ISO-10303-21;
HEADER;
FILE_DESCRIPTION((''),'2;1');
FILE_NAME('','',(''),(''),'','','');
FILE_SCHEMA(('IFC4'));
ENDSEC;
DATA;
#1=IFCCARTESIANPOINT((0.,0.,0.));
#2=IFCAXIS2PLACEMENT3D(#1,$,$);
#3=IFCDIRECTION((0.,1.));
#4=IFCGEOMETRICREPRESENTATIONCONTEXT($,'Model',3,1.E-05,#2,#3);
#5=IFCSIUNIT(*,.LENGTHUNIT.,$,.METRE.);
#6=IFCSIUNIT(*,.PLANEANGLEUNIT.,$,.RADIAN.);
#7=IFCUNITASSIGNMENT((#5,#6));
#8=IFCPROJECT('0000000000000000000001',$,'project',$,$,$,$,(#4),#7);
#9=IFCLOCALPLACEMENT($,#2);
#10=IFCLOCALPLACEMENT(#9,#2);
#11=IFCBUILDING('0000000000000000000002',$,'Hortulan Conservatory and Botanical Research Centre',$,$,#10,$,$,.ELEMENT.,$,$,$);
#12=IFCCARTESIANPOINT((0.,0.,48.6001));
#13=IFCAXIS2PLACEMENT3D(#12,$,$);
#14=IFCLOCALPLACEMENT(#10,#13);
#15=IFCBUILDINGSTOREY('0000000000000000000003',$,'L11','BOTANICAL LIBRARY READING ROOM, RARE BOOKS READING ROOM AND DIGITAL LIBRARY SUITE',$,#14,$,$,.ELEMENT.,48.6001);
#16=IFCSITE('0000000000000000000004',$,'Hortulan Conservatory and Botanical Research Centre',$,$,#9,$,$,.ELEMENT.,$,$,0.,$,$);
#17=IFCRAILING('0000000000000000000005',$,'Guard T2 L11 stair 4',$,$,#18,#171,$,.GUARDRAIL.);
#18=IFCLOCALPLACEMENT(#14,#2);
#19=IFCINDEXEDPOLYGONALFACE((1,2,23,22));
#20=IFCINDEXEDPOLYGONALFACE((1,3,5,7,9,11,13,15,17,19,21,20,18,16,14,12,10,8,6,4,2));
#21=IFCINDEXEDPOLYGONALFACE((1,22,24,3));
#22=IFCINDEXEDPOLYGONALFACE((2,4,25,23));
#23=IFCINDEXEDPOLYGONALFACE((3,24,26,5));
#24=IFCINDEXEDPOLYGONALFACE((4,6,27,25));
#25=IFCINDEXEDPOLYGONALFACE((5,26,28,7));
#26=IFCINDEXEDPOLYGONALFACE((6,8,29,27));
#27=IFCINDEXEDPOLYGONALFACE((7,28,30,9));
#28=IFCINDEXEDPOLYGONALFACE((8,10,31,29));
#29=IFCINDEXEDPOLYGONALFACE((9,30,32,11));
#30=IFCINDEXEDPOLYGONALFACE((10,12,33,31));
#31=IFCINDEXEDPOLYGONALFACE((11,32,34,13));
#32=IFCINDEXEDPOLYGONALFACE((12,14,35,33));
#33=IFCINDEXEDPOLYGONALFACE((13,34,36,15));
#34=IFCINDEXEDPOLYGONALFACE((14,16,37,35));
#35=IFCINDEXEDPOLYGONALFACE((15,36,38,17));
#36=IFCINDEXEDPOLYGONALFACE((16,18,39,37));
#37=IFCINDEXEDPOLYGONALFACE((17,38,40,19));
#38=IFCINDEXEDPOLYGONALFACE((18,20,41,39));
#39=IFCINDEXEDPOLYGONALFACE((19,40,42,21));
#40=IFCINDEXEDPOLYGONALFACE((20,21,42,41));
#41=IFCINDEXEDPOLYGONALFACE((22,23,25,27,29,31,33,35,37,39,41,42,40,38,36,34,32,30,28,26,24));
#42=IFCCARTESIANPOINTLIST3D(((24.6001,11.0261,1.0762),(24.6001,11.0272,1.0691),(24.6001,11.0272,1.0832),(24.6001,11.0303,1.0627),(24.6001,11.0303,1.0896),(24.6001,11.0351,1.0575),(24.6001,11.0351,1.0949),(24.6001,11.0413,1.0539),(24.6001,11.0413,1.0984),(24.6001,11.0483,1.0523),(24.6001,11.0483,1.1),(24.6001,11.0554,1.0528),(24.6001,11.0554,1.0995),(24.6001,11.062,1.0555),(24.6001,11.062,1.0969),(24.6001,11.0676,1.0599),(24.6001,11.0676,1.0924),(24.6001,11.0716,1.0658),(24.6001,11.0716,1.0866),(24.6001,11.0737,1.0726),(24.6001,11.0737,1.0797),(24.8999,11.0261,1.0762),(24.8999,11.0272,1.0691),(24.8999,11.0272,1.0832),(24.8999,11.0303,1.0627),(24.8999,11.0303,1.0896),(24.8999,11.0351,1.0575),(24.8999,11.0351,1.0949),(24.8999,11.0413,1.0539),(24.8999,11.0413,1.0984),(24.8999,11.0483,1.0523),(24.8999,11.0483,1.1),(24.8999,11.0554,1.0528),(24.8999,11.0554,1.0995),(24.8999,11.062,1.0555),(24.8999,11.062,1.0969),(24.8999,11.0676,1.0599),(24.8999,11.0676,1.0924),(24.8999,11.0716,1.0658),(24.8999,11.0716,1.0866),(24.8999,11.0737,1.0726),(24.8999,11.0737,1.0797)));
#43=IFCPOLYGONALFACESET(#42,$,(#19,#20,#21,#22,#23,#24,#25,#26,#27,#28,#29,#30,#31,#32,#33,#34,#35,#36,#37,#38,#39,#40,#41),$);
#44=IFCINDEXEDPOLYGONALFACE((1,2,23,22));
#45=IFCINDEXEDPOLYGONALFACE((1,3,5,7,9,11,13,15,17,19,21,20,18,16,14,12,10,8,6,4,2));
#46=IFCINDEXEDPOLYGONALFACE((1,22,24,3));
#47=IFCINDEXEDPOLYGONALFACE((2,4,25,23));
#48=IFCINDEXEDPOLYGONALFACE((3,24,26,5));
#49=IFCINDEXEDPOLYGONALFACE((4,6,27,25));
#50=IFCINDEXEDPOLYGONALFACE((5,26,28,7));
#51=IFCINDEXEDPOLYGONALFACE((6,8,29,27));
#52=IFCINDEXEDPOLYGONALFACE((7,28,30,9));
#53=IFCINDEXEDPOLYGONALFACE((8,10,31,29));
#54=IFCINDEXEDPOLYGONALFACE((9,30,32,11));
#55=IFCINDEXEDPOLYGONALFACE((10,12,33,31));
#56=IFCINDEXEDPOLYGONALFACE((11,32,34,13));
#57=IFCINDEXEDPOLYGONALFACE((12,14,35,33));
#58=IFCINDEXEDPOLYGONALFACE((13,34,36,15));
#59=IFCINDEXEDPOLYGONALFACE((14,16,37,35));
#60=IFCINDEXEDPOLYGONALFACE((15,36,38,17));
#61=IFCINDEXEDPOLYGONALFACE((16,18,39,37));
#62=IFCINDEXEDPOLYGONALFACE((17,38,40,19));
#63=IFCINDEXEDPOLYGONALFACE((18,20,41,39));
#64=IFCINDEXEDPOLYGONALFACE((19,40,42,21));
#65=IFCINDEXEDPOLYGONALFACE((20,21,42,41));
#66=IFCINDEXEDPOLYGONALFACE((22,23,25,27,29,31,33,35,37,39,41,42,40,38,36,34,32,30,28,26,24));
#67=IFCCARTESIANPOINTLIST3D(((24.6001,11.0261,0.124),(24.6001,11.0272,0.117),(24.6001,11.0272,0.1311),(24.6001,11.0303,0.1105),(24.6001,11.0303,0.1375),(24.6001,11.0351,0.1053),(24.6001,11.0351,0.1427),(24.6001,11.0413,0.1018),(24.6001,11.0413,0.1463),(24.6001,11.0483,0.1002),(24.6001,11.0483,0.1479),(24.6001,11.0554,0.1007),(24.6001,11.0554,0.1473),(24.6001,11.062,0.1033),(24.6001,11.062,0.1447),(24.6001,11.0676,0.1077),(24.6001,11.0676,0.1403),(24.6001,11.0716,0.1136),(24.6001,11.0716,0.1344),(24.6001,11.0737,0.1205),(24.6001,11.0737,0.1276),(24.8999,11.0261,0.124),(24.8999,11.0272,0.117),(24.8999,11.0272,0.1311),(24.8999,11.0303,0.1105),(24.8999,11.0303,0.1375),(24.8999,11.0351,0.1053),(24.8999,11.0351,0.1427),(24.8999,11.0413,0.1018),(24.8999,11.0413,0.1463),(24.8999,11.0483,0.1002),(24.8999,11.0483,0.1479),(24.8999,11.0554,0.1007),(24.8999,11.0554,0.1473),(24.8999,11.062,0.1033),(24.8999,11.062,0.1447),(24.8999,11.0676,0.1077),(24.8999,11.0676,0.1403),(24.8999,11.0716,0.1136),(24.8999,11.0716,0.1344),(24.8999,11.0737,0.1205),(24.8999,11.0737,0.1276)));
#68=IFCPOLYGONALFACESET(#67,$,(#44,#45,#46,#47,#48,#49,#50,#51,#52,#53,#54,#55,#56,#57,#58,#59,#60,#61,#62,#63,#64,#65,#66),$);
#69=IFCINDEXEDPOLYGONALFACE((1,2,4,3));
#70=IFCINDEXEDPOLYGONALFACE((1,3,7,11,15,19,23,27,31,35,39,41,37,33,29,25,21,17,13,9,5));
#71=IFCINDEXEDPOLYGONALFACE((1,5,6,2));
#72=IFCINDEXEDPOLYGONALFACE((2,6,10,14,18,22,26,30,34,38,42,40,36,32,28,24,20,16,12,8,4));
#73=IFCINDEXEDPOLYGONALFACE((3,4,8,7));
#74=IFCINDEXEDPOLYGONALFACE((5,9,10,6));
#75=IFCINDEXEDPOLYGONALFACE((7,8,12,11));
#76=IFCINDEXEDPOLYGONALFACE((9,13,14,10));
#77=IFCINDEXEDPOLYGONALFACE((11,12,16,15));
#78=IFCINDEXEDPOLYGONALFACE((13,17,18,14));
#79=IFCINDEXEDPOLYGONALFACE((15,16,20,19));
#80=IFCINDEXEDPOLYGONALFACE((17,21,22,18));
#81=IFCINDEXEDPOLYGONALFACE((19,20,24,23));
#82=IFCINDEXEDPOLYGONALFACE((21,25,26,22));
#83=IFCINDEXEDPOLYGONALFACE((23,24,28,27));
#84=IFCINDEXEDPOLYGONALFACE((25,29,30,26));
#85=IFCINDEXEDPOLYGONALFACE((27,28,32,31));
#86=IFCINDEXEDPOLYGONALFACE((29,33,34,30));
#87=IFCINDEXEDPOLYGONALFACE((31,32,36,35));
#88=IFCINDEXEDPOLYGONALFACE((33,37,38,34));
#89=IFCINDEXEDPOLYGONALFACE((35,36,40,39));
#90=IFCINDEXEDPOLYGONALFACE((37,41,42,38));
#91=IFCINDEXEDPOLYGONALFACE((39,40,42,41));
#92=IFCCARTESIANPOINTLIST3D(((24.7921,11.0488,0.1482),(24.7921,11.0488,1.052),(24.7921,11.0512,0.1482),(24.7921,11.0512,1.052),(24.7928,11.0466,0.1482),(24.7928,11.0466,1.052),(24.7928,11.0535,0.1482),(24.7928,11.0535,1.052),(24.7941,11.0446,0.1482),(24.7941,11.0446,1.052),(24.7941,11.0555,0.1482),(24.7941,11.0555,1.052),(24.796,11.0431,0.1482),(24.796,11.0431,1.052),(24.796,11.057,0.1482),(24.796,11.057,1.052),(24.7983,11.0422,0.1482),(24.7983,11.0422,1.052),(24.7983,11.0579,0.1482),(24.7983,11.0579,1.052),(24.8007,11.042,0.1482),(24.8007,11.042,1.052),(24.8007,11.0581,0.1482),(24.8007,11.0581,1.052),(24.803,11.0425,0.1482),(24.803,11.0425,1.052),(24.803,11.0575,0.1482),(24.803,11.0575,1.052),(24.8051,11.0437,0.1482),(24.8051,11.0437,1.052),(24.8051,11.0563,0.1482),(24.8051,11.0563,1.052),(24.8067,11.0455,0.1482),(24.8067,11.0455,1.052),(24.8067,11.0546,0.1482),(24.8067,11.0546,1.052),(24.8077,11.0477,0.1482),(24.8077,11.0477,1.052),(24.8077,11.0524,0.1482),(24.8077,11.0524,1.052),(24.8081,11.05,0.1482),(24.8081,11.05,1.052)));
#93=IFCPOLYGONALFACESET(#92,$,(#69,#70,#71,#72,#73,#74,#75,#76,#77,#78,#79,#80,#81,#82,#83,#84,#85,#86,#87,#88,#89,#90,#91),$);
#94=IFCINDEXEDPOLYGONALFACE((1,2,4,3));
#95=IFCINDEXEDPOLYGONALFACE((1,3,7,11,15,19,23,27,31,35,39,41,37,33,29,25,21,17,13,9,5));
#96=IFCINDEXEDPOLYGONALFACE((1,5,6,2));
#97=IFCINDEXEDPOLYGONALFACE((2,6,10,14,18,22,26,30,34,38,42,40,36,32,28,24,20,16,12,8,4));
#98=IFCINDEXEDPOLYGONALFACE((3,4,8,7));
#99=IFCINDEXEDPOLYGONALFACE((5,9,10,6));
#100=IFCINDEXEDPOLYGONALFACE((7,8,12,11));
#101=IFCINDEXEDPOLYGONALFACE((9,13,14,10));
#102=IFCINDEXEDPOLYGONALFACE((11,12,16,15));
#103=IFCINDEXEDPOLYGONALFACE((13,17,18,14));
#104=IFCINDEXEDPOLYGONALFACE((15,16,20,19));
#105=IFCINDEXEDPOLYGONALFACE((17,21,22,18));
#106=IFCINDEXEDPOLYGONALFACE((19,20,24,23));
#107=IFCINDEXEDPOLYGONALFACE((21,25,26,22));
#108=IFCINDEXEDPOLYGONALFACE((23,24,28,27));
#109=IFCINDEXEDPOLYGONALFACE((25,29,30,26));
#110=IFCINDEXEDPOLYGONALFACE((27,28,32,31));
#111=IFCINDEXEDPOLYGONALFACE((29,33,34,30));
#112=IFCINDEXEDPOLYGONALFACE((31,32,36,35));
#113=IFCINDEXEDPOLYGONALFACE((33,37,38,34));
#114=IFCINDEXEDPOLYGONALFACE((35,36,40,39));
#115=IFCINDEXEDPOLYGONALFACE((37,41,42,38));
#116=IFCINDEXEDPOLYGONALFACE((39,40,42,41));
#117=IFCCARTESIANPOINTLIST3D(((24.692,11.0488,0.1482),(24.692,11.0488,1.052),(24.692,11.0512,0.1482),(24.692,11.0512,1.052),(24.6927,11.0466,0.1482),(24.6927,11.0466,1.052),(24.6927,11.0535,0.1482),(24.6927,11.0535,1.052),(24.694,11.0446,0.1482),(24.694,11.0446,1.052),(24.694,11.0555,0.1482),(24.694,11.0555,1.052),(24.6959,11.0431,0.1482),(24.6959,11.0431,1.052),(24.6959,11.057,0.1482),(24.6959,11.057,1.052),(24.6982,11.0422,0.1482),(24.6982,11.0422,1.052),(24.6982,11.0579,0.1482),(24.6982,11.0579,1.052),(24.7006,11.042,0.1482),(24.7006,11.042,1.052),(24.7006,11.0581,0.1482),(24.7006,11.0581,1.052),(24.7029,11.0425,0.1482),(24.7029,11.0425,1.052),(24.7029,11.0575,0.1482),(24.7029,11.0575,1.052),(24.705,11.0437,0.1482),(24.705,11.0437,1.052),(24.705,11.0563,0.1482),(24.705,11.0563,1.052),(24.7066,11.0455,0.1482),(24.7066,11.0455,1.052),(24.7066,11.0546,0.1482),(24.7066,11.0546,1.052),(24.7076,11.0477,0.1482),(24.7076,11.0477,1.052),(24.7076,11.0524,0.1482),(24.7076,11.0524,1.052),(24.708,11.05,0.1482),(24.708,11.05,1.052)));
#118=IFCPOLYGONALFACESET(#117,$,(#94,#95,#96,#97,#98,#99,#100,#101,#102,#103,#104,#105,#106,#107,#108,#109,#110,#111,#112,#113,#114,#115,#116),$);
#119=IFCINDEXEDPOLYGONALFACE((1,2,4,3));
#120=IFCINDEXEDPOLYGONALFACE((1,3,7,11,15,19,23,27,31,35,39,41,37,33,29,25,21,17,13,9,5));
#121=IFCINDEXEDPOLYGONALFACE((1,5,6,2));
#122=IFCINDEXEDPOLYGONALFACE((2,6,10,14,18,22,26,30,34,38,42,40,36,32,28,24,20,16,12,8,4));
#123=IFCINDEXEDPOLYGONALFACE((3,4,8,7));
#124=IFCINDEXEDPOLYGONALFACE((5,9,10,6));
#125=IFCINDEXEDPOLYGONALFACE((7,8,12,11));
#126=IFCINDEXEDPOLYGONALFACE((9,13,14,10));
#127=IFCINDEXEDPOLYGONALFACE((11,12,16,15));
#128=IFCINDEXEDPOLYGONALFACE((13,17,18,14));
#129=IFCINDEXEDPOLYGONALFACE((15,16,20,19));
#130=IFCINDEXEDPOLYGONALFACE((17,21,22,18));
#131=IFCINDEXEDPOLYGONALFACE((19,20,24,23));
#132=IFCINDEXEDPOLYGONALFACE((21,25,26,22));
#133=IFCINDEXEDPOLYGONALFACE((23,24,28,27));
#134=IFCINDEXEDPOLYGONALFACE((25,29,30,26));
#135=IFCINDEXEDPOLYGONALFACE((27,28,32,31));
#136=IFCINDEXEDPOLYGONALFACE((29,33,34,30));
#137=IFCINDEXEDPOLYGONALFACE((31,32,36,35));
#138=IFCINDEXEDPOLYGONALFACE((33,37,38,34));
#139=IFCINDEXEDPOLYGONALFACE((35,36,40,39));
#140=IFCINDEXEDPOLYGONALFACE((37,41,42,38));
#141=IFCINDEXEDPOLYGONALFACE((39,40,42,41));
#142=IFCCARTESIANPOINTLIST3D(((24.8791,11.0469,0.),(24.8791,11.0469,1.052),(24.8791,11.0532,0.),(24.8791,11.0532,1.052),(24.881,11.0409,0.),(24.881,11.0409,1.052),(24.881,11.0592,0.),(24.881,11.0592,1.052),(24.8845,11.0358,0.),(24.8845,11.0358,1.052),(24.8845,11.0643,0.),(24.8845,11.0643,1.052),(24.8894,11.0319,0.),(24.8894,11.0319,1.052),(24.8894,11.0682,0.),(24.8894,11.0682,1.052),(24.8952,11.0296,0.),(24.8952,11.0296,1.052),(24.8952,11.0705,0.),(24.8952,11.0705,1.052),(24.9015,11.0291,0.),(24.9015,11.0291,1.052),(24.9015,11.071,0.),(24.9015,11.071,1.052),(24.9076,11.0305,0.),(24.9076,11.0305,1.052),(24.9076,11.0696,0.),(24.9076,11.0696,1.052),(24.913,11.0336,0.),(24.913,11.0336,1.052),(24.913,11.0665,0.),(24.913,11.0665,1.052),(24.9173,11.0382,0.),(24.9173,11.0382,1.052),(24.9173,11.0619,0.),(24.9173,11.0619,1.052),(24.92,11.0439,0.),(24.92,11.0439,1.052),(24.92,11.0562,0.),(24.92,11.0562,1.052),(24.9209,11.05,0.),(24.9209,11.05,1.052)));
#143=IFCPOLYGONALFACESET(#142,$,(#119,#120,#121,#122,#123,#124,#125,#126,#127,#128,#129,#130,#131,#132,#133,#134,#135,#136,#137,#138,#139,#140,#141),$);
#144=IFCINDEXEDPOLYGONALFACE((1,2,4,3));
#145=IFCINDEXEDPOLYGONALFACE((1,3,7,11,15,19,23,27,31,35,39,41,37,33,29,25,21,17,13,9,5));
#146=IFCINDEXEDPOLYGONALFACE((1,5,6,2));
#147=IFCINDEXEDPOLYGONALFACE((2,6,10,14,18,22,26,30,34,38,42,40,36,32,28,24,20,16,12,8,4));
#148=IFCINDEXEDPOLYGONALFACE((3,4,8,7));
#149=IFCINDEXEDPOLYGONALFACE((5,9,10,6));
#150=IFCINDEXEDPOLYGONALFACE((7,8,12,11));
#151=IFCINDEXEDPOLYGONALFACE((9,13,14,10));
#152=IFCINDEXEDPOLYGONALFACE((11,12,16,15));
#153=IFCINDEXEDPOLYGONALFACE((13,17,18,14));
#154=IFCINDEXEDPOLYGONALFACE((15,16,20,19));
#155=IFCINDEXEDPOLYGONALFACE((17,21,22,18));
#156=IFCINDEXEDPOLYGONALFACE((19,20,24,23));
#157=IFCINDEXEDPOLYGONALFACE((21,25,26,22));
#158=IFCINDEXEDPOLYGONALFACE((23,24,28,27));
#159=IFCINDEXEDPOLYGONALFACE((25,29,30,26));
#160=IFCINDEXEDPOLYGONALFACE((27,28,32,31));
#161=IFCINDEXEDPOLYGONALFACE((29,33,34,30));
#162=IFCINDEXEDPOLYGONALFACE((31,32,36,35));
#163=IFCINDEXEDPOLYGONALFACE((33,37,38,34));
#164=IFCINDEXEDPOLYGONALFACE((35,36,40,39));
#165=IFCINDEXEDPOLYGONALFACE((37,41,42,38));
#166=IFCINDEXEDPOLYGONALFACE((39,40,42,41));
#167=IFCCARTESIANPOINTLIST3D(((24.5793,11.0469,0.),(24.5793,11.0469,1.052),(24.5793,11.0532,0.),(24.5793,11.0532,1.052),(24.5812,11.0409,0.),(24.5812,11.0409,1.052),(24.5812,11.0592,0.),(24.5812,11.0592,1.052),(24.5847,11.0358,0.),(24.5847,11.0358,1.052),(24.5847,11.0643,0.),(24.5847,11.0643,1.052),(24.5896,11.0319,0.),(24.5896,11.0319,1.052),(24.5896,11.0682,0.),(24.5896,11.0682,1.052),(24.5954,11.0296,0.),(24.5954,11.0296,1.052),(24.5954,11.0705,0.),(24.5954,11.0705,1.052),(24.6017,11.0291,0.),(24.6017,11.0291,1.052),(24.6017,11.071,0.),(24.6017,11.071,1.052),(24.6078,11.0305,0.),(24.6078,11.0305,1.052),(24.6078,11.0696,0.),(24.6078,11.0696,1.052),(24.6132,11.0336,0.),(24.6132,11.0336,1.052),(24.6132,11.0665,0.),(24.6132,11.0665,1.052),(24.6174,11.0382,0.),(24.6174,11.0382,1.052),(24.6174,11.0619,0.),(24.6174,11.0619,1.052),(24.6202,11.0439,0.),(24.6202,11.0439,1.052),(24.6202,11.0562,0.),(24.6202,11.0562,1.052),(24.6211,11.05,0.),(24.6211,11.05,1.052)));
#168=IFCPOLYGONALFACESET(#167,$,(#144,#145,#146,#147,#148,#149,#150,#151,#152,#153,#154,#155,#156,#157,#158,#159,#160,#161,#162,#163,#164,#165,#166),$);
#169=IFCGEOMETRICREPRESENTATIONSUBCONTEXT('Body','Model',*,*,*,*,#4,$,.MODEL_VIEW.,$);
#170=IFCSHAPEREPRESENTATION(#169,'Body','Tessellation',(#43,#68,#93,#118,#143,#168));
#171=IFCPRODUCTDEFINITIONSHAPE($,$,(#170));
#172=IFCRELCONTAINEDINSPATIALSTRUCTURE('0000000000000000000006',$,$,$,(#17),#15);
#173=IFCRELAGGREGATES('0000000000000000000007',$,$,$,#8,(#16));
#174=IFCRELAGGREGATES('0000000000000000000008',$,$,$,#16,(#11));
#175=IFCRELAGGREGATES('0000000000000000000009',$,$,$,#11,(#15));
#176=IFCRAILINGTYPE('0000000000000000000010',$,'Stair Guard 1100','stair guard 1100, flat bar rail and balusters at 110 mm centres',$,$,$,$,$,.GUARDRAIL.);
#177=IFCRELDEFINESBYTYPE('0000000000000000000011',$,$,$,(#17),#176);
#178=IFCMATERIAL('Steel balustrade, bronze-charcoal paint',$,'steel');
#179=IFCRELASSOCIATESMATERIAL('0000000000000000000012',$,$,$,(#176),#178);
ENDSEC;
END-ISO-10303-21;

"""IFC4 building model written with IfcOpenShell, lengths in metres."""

from ifc_helpers import new_model, si_unit, direction, frame, origin, origin_2d, place, context, subcontext, project, spatial, circle, extrude, material, type_object, element, save


model = new_model("IFC4")

# Units and contexts
model_context = context("Model", 3, precision=1e-05, world=origin(), true_north=direction((0.0, 1.0)))
body_context = subcontext(model_context, "Body", "Model", "MODEL_VIEW")
ifc_project = project(units=[si_unit("LENGTHUNIT", "METRE"), si_unit("PLANEANGLEUNIT", "RADIAN")], contexts=[model_context])

# Site, building, storey
site_placement = place(None, origin())
site = spatial("IfcSite", under=ifc_project, at=site_placement, Name="Hortulan Conservatory and Botanical Research Centre", CompositionType="ELEMENT", RefElevation=0.0)
building_placement = place(site_placement, origin())
building = spatial("IfcBuilding", under=site, at=building_placement, Name="Hortulan Conservatory and Botanical Research Centre", CompositionType="ELEMENT")
storey_placement = place(building_placement, frame((0.0, 0.0, 48.6001)))
storey = spatial("IfcBuildingStorey", under=building, at=storey_placement, Name="L11", Description="BOTANICAL LIBRARY READING ROOM, RARE BOOKS READING ROOM AND DIGITAL LIBRARY SUITE", CompositionType="ELEMENT", Elevation=48.6001)

# Railing
ifc_material_1 = material(Name="Steel balustrade, bronze-charcoal paint", Category="steel")
railing_type_1 = type_object("IfcRailingType", Name="Stair Guard 1100", Description="stair guard 1100, flat bar rail and balusters at 110 mm centres", PredefinedType="GUARDRAIL", material=ifc_material_1)
railing_1_placement = place(storey_placement, frame((24.8999, 11.05, 0.0)))
element("IfcRailing", 1, at=railing_1_placement, inside=storey, type_object=railing_type_1, Name="Guard T2 L11 stair 4", PredefinedType="GUARDRAIL", context=body_context, shape_type="SweptSolid", body=[
    extrude(circle(Radius=0.0239, at=origin_2d()), frame((0.0, 0.0, 1.0762), z_axis=(-1.0, 0.0, 0.0), x_axis=(0.0, -1.0, 0.0)), (0.0, 0.0, 1.0), 0.2998),
    extrude(circle(Radius=0.0239, at=origin_2d()), frame((0.0, 0.0, 0.124), z_axis=(-1.0, 0.0, 0.0), x_axis=(0.0, -1.0, 0.0)), (0.0, 0.0, 1.0), 0.2998),
    extrude(circle(Radius=0.0081, at=origin_2d()), frame((-0.0999, 0.0, 0.1482)), (0.0, 0.0, 1.0), 0.9038),
    extrude(circle(Radius=0.0081, at=origin_2d()), frame((-0.2, 0.0, 0.1482)), (0.0, 0.0, 1.0), 0.9038),
    extrude(circle(Radius=0.021, at=origin_2d()), origin(), (0.0, 0.0, 1.0), 1.052),
    extrude(circle(Radius=0.021, at=origin_2d()), frame((-0.2998, 0.0, 0.0)), (0.0, 0.0, 1.0), 1.052),
])

save(model, "model.ifc")
